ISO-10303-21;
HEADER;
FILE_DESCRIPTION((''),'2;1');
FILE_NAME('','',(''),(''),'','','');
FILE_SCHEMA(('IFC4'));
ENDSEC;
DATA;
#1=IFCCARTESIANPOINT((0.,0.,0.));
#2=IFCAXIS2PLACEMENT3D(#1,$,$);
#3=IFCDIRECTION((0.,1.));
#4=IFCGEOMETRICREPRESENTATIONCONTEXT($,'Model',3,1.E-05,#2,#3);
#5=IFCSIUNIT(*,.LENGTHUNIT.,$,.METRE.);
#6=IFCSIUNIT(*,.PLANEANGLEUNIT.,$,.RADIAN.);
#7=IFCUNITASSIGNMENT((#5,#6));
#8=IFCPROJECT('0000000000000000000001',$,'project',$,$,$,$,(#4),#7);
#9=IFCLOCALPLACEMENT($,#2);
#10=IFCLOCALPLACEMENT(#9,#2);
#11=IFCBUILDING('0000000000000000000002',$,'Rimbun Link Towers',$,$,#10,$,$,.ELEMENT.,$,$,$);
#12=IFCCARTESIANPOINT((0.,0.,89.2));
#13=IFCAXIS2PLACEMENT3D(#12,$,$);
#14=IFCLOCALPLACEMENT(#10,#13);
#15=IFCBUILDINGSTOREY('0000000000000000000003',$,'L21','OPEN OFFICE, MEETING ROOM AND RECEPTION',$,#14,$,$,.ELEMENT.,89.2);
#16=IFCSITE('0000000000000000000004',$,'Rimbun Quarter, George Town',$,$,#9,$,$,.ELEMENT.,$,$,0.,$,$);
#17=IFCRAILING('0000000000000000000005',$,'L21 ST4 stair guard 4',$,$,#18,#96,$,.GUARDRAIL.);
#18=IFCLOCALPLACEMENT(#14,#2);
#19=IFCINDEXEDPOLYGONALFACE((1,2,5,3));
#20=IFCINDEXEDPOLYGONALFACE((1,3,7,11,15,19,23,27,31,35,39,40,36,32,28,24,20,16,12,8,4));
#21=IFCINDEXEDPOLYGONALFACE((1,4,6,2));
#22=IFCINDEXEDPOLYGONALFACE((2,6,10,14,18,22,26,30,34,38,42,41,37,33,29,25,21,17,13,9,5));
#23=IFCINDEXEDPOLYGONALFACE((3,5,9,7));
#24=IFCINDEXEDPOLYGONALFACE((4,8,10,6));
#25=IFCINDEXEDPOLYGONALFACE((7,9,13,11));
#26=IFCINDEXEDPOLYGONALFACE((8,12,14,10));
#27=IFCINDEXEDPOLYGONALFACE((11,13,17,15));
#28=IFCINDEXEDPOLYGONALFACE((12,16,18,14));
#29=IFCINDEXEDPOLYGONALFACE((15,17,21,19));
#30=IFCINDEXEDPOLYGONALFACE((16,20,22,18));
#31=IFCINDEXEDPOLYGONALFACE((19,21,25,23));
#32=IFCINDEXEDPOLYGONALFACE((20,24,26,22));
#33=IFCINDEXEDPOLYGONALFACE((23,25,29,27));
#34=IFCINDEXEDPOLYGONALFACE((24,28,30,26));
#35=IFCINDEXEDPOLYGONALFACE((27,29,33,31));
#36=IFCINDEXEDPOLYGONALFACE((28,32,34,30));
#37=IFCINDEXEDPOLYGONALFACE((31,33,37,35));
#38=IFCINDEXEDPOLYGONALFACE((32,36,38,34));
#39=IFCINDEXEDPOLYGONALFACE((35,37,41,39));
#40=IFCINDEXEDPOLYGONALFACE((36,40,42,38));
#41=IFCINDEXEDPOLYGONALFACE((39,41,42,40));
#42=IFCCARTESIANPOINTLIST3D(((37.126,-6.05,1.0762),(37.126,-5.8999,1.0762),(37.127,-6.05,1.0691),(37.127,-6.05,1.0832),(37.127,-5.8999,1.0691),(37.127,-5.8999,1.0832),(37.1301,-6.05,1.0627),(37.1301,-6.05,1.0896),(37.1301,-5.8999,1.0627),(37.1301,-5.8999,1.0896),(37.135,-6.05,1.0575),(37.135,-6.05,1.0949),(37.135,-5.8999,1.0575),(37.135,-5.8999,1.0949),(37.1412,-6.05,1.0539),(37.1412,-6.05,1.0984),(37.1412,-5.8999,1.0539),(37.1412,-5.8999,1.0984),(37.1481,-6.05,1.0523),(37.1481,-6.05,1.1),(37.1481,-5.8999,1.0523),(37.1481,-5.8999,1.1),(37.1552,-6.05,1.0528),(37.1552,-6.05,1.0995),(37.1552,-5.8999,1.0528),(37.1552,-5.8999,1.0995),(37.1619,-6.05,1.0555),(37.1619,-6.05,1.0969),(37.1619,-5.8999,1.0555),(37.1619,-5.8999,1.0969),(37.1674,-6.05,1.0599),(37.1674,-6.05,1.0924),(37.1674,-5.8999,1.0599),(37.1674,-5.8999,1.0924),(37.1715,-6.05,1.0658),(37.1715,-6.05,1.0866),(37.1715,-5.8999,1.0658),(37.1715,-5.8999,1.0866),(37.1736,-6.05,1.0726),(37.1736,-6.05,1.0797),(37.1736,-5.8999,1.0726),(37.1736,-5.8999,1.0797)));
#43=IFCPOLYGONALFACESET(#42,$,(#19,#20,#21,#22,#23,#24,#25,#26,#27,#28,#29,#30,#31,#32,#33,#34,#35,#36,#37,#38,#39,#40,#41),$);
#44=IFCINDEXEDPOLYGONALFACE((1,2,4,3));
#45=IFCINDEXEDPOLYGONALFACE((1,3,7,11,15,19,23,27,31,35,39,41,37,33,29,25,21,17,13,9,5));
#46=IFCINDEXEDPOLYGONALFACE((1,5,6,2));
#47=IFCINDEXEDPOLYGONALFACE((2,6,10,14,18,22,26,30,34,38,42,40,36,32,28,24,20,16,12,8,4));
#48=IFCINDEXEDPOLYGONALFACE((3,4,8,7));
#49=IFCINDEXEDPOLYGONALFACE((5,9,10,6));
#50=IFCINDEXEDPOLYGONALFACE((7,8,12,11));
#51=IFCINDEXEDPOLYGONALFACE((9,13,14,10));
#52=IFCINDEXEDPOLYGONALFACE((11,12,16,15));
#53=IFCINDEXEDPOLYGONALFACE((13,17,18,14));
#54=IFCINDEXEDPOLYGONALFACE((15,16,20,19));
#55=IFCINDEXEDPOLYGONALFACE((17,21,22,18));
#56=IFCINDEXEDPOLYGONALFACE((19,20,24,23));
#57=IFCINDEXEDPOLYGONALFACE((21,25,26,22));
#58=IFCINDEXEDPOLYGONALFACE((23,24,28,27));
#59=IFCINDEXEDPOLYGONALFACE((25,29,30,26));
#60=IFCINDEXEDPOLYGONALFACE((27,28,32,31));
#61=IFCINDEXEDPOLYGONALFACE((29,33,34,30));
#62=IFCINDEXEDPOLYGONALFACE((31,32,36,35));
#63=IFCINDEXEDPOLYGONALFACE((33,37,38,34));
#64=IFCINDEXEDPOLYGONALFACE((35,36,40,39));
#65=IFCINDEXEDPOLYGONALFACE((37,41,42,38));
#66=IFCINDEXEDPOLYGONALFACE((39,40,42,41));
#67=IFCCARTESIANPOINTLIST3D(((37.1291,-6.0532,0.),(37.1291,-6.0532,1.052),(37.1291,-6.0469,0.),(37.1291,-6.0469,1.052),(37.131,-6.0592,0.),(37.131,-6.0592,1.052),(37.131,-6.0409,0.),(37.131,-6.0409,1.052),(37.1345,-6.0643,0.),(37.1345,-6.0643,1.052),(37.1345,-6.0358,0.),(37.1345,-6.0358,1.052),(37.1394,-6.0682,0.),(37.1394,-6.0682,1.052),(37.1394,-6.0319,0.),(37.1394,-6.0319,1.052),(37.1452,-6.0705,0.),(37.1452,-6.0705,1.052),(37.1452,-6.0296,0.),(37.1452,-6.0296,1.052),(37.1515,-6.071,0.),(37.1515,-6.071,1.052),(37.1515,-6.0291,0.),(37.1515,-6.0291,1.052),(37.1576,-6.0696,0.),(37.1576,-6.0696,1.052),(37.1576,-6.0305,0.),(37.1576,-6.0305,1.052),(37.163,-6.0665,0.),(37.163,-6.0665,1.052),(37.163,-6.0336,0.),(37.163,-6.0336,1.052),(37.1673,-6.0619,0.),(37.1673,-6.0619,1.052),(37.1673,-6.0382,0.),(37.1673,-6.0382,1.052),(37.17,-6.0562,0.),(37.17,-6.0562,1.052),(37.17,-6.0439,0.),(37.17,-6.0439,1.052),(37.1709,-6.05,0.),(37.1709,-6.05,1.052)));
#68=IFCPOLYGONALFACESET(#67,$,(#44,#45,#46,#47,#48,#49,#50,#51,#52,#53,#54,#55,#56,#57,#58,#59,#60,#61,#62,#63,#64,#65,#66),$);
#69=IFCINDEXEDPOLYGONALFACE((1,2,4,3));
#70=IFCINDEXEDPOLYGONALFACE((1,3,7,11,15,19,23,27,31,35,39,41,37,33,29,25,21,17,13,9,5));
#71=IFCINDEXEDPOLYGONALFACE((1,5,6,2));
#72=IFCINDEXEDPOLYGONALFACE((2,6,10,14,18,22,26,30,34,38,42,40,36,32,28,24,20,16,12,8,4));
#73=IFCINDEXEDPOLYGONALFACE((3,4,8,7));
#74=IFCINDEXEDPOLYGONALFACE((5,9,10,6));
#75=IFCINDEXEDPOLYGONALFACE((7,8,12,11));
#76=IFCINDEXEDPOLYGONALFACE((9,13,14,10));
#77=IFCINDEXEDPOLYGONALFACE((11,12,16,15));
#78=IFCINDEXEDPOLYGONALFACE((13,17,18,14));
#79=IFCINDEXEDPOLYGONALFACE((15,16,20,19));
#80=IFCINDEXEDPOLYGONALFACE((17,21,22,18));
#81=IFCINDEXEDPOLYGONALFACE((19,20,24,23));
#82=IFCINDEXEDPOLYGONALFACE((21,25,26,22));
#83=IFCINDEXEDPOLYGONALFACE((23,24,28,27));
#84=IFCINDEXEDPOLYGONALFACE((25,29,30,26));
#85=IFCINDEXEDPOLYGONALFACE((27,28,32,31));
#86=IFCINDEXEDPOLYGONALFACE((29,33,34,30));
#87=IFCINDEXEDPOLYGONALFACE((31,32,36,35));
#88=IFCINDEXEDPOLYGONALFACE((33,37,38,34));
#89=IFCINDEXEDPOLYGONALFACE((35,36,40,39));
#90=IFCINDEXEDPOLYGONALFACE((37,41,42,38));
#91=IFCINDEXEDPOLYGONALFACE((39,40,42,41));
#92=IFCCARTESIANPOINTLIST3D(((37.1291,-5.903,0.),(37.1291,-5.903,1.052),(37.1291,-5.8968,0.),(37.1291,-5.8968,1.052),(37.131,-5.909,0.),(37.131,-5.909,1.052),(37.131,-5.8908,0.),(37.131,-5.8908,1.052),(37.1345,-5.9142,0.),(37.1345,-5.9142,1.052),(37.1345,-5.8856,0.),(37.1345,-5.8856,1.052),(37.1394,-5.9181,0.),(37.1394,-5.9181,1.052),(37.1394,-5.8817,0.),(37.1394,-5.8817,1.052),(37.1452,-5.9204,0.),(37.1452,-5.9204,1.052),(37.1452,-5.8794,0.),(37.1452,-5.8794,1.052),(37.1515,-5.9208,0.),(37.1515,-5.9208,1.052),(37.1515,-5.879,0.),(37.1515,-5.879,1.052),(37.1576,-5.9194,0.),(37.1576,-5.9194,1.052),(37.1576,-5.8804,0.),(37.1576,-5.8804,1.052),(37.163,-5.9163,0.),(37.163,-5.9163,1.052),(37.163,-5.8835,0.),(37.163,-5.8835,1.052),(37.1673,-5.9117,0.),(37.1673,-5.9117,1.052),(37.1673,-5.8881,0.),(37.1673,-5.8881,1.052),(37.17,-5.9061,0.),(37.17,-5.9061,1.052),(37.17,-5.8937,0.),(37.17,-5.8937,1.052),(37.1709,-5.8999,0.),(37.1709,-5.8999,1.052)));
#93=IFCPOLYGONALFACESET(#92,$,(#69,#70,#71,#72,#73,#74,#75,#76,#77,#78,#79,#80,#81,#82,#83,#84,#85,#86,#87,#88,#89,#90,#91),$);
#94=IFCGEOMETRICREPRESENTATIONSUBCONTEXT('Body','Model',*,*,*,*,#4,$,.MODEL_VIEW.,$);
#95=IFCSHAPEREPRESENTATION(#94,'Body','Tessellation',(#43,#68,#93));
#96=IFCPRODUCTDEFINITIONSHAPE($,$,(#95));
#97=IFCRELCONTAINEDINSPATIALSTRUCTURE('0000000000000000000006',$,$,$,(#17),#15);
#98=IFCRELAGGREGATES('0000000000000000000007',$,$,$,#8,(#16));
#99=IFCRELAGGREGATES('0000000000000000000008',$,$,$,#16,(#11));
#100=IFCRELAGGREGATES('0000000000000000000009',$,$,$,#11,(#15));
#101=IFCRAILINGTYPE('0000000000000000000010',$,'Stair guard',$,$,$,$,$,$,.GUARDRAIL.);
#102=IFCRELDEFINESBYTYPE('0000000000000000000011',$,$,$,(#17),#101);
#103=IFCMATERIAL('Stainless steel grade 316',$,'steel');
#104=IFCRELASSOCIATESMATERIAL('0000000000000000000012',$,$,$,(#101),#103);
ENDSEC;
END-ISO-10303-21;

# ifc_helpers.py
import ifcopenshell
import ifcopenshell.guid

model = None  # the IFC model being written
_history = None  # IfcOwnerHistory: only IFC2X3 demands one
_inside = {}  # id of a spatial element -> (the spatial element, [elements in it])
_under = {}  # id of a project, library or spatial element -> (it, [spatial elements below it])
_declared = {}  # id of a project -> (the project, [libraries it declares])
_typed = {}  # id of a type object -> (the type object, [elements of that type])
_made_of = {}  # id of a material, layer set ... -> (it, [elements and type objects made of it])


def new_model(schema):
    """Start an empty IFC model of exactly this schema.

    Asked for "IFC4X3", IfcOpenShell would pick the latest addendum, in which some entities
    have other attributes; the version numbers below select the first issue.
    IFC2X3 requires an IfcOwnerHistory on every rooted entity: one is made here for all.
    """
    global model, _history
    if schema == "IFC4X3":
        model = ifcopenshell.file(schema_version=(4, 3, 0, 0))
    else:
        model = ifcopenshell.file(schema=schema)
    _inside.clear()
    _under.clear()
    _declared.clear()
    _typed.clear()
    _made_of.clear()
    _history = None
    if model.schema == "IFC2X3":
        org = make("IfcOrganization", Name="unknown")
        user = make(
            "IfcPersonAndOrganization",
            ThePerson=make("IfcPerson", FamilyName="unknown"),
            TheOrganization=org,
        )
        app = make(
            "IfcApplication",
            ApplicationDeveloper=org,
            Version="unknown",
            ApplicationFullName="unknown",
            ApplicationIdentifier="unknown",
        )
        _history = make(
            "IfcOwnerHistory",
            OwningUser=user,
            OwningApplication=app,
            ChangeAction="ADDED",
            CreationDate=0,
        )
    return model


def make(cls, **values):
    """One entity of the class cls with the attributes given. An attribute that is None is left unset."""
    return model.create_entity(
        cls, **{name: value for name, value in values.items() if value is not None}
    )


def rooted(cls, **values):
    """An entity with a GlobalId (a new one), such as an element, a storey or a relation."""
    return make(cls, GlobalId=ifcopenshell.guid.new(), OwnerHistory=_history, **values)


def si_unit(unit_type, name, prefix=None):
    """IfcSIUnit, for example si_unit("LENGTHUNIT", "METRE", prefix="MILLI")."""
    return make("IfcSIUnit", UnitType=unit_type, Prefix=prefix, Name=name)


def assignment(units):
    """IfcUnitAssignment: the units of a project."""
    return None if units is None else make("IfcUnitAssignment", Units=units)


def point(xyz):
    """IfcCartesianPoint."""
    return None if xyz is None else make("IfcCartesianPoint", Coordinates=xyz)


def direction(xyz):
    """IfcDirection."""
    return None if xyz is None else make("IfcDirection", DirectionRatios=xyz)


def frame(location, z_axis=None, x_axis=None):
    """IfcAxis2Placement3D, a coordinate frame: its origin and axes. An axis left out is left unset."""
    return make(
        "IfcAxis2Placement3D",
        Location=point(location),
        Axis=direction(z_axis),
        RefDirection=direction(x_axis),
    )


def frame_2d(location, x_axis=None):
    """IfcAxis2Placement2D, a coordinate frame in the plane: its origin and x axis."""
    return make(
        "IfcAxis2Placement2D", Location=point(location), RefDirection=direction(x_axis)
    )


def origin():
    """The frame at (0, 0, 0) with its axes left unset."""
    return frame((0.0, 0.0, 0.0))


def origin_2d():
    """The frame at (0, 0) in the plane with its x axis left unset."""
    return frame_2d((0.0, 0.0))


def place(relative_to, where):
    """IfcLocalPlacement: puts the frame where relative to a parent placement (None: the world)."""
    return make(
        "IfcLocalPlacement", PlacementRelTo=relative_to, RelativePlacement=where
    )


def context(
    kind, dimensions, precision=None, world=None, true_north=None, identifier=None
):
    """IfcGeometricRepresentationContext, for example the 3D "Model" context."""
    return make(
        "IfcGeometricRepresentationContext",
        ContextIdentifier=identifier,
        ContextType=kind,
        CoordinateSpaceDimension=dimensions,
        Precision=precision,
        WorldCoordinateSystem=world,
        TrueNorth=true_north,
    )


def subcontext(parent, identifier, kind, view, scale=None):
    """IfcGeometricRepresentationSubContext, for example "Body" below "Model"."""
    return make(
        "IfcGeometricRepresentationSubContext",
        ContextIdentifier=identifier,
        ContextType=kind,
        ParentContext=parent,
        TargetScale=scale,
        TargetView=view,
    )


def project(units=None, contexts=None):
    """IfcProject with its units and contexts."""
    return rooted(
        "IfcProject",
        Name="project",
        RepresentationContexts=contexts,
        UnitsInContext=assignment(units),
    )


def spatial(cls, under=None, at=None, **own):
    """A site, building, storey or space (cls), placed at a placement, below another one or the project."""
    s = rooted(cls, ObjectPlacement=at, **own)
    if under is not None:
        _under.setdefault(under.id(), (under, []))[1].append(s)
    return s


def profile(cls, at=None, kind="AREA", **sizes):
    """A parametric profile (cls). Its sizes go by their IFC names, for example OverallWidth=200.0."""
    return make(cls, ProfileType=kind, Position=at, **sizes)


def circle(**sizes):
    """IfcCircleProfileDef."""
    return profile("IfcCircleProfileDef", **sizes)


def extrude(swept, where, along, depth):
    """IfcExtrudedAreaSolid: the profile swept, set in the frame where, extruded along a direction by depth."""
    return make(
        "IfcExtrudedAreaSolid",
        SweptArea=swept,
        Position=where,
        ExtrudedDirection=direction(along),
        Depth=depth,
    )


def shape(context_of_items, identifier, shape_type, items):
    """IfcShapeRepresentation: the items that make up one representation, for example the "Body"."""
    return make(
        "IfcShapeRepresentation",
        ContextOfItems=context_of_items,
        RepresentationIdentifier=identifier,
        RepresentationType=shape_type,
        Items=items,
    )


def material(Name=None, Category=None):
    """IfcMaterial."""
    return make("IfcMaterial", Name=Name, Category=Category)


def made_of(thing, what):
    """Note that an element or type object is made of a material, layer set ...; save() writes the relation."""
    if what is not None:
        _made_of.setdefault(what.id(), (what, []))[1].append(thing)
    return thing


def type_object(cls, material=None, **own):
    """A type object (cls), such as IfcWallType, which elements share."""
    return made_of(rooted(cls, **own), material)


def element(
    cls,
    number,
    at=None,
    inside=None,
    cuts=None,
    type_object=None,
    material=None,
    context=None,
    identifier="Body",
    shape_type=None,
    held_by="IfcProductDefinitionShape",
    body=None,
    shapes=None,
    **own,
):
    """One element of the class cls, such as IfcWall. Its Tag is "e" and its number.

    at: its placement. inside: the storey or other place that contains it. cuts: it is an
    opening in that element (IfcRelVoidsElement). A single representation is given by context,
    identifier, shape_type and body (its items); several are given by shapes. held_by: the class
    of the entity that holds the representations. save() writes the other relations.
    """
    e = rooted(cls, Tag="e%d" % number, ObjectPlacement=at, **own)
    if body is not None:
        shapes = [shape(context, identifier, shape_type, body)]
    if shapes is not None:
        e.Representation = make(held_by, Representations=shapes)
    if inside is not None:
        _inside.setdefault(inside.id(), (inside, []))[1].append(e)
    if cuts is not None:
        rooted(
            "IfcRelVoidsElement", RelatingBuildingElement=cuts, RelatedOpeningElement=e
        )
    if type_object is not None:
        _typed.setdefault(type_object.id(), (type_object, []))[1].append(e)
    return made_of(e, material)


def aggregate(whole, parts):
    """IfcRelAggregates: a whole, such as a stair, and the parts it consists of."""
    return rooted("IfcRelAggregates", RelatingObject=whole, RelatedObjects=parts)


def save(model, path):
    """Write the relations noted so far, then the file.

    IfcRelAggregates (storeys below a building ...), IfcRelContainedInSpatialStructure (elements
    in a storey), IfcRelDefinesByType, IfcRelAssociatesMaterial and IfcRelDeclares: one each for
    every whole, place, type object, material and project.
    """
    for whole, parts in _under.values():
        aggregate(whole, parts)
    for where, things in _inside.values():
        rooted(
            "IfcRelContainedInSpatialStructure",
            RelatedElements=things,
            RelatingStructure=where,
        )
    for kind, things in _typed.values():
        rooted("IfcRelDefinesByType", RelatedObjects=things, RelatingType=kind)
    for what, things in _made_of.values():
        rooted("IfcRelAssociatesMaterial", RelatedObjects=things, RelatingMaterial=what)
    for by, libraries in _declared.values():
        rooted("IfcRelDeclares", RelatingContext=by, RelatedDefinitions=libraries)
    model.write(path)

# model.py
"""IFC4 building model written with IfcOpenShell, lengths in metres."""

from ifc_helpers import new_model, si_unit, direction, frame, origin, origin_2d, place, context, subcontext, project, spatial, circle, extrude, material, type_object, element, save


model = new_model("IFC4")

# Units and contexts
model_context = context("Model", 3, precision=1e-05, world=origin(), true_north=direction((0.0, 1.0)))
body_context = subcontext(model_context, "Body", "Model", "MODEL_VIEW")
ifc_project = project(units=[si_unit("LENGTHUNIT", "METRE"), si_unit("PLANEANGLEUNIT", "RADIAN")], contexts=[model_context])

# Site, building, storey
site_placement = place(None, origin())
site = spatial("IfcSite", under=ifc_project, at=site_placement, Name="Rimbun Quarter, George Town", CompositionType="ELEMENT", RefElevation=0.0)
building_placement = place(site_placement, origin())
building = spatial("IfcBuilding", under=site, at=building_placement, Name="Rimbun Link Towers", CompositionType="ELEMENT")
storey_placement = place(building_placement, frame((0.0, 0.0, 89.2)))
storey = spatial("IfcBuildingStorey", under=building, at=storey_placement, Name="L21", Description="OPEN OFFICE, MEETING ROOM AND RECEPTION", CompositionType="ELEMENT", Elevation=89.2)

# Railing
ifc_material_1 = material(Name="Stainless steel grade 316", Category="steel")
railing_type_1 = type_object("IfcRailingType", Name="Stair guard", PredefinedType="GUARDRAIL", material=ifc_material_1)
railing_1_placement = place(storey_placement, frame((37.1499, -6.05, 0.0)))
element("IfcRailing", 1, at=railing_1_placement, inside=storey, type_object=railing_type_1, Name="L21 ST4 stair guard 4", PredefinedType="GUARDRAIL", context=body_context, shape_type="SweptSolid", body=[
    extrude(circle(Radius=0.0239, at=origin_2d()), frame((0.0, 0.0, 1.0762), z_axis=(0.0, 1.0, 0.0), x_axis=(-1.0, 0.0, 0.0)), (0.0, 0.0, 1.0), 0.1501),
    extrude(circle(Radius=0.021, at=origin_2d()), origin(), (0.0, 0.0, 1.0), 1.052),
    extrude(circle(Radius=0.021, at=origin_2d()), frame((0.0, 0.1501, 0.0)), (0.0, 0.0, 1.0), 1.052),
])

save(model, "model.ifc")
